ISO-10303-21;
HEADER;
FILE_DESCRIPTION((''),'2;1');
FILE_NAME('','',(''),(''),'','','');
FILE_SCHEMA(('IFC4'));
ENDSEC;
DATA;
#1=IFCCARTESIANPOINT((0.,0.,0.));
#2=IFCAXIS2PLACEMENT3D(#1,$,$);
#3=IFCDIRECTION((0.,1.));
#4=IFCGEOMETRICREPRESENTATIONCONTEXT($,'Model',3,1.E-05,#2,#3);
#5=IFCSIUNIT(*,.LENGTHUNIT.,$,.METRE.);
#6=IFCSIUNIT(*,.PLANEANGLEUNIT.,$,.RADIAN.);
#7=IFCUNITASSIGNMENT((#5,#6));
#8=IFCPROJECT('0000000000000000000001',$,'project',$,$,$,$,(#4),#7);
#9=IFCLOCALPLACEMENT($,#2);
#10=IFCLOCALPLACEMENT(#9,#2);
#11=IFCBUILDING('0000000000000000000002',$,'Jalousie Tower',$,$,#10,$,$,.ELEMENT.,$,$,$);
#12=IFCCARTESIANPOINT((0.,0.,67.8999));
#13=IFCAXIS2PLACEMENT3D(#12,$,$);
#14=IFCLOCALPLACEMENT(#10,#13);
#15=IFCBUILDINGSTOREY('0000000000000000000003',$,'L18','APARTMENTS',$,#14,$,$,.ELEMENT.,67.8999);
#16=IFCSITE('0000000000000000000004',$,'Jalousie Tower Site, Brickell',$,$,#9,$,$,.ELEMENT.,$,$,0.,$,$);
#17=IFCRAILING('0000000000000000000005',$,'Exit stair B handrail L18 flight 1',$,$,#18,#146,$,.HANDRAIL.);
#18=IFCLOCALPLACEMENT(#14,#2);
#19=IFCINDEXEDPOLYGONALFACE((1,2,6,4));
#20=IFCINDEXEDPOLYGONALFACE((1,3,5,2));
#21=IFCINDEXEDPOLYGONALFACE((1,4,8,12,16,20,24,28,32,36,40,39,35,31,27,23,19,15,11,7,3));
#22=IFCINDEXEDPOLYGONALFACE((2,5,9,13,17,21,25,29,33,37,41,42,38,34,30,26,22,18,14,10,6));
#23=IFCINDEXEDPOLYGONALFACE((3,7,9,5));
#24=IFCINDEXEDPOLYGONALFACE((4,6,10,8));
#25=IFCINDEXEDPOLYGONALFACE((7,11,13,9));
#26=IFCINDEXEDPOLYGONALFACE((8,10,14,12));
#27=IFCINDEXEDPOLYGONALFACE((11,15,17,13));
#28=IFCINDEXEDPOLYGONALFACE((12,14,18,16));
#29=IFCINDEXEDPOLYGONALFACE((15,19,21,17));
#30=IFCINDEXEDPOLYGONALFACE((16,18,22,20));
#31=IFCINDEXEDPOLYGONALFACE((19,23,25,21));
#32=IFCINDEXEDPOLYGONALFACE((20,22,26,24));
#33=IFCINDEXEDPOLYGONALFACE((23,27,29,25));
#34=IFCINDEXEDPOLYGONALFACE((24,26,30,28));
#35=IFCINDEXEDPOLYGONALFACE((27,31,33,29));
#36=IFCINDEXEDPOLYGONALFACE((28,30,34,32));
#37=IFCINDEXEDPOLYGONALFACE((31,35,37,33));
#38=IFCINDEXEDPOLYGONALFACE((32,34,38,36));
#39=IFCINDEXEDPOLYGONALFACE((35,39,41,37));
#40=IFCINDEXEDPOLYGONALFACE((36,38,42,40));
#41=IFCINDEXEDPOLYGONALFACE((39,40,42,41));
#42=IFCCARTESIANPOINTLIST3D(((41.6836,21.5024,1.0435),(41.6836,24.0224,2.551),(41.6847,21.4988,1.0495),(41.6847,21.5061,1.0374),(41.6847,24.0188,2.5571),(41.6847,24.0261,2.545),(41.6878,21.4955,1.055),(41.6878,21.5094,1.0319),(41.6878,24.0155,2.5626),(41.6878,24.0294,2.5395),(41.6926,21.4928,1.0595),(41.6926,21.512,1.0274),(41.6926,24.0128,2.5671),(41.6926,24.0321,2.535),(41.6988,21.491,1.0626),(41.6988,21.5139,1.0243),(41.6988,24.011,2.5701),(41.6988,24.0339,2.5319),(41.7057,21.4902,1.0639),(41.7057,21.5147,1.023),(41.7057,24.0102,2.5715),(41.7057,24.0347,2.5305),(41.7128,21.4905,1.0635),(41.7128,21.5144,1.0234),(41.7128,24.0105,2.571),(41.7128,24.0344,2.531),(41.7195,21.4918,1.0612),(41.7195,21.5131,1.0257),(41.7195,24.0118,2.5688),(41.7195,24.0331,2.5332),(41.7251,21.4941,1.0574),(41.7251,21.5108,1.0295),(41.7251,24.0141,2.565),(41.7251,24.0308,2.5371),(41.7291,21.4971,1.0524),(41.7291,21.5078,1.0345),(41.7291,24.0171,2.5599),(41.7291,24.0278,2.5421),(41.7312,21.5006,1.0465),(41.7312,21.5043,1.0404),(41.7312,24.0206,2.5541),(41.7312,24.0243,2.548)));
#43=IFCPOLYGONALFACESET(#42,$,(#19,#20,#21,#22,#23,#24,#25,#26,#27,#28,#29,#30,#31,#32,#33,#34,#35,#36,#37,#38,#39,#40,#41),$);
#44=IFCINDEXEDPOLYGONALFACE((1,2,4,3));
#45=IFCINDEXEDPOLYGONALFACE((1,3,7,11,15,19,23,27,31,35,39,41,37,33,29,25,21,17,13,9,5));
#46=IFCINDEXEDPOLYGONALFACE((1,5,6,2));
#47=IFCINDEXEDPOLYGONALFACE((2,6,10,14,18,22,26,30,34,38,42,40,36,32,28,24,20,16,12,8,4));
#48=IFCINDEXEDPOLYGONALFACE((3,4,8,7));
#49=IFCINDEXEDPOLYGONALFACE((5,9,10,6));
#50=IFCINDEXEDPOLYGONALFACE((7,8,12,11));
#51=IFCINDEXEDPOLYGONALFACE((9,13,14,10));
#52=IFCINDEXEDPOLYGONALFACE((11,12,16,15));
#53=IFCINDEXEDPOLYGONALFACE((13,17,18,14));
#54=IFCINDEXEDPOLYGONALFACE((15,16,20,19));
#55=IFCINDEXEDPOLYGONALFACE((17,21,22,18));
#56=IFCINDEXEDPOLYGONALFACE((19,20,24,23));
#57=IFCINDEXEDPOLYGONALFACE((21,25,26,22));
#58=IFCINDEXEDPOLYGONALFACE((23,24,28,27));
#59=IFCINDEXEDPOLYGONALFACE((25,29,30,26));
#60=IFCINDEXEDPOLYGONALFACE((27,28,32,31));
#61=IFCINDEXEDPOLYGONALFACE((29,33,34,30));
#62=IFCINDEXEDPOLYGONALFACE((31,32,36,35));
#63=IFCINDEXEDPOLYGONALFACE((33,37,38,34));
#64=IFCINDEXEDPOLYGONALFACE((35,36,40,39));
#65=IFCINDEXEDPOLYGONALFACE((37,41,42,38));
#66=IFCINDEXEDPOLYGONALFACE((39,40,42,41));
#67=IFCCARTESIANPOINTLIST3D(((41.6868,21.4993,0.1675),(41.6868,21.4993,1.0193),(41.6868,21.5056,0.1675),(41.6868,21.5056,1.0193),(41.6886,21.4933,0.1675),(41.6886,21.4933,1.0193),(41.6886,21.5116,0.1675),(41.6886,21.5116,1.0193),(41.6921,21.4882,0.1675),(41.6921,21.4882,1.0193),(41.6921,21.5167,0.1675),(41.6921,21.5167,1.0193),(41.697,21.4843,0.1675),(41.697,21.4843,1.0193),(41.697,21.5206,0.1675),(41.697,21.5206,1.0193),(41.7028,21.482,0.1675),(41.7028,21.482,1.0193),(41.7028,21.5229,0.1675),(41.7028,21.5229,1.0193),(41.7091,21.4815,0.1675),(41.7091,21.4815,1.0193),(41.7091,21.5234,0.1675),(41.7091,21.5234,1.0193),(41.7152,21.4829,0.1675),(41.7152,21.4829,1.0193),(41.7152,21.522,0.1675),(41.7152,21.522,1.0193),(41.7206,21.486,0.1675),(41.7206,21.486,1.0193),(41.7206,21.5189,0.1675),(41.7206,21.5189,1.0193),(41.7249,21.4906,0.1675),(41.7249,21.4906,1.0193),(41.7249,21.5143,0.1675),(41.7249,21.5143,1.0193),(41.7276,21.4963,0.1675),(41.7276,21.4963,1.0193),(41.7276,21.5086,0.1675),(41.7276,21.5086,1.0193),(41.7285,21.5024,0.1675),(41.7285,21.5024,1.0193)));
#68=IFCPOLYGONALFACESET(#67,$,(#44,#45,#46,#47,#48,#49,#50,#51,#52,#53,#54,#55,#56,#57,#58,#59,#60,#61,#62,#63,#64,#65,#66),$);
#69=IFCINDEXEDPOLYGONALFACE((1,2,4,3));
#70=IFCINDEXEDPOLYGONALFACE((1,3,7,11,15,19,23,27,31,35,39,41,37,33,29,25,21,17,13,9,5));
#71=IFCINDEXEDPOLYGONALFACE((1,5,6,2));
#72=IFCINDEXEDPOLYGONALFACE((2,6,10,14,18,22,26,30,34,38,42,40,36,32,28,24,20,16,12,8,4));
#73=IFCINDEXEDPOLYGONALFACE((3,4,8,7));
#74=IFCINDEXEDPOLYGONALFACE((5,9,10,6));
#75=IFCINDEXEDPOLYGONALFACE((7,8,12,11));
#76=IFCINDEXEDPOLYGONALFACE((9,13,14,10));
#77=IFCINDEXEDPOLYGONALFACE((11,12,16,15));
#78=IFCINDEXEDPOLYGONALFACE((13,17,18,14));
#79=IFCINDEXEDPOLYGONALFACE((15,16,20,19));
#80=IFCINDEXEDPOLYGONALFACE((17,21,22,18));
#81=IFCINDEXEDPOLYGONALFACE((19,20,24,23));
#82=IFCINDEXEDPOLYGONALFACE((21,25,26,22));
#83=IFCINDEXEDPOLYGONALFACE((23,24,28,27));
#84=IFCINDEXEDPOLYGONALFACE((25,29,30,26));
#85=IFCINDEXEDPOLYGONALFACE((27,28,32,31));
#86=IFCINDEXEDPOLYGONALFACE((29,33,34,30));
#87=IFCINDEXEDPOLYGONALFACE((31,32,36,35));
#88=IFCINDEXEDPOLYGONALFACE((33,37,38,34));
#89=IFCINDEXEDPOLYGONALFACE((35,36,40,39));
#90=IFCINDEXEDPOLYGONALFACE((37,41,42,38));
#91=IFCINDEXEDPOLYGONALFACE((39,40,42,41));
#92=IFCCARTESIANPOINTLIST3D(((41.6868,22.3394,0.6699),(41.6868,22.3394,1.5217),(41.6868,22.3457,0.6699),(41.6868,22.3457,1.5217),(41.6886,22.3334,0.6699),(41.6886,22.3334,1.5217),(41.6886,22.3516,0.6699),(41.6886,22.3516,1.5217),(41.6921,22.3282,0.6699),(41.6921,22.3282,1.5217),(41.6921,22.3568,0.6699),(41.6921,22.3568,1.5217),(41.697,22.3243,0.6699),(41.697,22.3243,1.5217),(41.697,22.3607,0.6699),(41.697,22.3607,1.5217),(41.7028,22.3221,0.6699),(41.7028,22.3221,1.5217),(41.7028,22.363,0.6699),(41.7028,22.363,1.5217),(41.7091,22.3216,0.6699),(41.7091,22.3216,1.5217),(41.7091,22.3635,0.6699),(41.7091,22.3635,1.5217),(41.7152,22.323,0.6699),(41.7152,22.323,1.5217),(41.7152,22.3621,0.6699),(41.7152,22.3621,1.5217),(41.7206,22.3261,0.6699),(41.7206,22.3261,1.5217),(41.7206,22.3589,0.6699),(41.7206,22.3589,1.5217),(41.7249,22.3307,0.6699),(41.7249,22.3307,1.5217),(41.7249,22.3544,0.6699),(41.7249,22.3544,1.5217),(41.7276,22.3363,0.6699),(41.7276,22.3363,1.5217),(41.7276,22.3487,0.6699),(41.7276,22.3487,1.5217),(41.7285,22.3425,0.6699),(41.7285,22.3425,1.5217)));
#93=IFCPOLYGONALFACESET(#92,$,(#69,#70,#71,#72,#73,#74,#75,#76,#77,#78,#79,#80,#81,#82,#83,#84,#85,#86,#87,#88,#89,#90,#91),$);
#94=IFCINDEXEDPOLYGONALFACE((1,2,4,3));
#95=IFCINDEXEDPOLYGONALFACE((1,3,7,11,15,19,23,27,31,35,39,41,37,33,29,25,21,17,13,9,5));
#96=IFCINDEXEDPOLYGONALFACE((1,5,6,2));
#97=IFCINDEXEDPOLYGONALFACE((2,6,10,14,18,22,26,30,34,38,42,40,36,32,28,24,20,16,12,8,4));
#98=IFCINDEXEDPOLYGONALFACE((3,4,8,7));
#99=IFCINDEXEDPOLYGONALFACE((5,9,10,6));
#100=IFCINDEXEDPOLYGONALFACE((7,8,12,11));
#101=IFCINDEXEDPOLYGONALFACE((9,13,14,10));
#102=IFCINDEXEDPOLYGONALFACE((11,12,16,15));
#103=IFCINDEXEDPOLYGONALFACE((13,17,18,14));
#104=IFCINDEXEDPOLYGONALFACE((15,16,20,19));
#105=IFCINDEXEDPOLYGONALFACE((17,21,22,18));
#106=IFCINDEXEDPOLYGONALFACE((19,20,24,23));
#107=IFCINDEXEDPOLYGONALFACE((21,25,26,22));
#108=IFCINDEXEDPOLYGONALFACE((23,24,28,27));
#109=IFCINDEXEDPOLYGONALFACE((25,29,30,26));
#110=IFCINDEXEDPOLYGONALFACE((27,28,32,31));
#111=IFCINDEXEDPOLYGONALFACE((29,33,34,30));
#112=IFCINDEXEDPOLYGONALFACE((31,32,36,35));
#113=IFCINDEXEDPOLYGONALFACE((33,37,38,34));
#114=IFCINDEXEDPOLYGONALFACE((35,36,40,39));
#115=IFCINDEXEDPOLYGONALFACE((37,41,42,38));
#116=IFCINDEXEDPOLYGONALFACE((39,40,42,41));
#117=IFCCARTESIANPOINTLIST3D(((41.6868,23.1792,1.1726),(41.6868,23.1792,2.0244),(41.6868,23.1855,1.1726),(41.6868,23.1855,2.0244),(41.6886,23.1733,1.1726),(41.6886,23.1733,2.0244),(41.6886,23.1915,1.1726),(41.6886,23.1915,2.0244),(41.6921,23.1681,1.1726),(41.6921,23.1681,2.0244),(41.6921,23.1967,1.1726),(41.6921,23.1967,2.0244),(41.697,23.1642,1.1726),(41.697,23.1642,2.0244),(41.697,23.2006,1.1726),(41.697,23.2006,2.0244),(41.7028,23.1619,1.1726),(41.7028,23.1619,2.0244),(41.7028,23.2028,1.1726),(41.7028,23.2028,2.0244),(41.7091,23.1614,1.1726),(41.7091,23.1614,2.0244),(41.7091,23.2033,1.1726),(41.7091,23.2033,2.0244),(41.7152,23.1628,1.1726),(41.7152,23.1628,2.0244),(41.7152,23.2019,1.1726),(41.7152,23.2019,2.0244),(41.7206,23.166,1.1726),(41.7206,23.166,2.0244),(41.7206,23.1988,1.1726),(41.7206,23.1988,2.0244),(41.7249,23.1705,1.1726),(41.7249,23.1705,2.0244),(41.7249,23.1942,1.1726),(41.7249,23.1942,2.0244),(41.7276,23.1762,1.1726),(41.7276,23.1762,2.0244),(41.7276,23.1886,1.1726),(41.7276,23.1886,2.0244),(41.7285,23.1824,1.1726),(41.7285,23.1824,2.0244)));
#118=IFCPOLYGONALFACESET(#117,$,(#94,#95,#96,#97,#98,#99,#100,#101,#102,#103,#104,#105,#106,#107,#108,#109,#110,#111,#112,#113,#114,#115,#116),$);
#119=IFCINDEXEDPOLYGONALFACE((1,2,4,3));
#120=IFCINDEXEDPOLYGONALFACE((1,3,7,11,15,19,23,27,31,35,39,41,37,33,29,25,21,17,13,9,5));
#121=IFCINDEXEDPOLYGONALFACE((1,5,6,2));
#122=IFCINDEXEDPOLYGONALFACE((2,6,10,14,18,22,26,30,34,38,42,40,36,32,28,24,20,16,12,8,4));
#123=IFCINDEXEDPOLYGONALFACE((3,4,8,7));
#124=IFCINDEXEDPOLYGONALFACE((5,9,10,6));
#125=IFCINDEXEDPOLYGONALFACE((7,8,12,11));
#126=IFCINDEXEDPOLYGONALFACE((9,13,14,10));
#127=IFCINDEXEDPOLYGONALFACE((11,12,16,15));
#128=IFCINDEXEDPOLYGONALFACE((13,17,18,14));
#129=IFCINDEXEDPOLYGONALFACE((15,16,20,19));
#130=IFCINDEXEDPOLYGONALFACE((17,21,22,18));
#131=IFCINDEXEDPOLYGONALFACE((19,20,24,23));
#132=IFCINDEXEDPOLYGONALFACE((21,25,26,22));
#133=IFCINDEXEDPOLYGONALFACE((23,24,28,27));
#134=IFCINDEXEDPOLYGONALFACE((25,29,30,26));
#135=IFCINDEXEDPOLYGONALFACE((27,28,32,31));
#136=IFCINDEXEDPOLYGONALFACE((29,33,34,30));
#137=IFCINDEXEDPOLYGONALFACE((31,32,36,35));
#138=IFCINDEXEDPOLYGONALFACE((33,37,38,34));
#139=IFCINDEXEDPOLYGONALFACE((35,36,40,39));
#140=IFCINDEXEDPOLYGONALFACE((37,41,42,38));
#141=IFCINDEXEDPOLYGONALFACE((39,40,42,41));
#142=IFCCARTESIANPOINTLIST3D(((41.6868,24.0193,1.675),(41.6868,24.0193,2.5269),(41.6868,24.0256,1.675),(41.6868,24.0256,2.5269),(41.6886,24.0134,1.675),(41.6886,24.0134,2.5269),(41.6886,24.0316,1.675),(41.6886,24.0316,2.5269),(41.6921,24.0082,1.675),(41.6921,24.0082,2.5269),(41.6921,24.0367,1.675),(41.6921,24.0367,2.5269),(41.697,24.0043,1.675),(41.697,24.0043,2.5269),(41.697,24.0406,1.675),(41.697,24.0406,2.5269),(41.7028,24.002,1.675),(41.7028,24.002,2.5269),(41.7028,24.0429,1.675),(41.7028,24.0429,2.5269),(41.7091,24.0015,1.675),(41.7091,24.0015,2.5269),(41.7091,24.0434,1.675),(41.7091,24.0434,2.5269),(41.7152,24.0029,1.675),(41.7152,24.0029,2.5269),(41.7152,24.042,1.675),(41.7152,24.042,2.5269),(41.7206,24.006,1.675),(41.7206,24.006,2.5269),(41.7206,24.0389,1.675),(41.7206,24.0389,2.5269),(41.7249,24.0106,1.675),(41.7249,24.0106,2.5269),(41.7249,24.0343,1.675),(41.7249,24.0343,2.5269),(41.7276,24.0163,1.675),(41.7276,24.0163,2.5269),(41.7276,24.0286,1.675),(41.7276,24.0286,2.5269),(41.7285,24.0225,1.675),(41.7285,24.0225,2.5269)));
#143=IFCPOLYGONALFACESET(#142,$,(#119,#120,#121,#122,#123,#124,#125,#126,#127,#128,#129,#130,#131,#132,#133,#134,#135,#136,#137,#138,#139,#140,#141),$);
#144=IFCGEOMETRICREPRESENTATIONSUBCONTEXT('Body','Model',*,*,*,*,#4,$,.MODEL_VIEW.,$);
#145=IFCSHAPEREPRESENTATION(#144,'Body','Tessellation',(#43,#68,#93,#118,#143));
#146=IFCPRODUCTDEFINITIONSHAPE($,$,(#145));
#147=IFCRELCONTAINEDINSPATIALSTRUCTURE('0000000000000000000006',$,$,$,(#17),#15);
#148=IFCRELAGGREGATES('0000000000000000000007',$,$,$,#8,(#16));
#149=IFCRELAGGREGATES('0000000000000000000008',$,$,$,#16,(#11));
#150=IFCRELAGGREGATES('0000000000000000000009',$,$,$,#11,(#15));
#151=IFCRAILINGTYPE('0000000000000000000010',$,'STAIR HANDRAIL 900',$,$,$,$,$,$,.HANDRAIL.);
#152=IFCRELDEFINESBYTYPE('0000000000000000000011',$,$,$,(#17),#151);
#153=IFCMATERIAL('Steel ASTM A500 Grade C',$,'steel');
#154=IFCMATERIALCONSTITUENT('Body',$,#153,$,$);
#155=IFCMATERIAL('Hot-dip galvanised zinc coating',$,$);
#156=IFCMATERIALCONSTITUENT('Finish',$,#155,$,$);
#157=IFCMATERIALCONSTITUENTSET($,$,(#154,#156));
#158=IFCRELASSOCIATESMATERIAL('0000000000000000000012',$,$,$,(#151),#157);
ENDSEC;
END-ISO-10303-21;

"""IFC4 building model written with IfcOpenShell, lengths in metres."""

from ifc_helpers import new_model, si_unit, direction, frame, origin, origin_2d, place, context, subcontext, project, spatial, circle, extrude, material, constituent, constituent_set, type_object, element, save


model = new_model("IFC4")

# Units and contexts
model_context = context("Model", 3, precision=1e-05, world=origin(), true_north=direction((0.0, 1.0)))
body_context = subcontext(model_context, "Body", "Model", "MODEL_VIEW")
ifc_project = project(units=[si_unit("LENGTHUNIT", "METRE"), si_unit("PLANEANGLEUNIT", "RADIAN")], contexts=[model_context])

# Site, building, storey
site_placement = place(None, origin())
site = spatial("IfcSite", under=ifc_project, at=site_placement, Name="Jalousie Tower Site, Brickell", CompositionType="ELEMENT", RefElevation=0.0)
building_placement = place(site_placement, origin())
building = spatial("IfcBuilding", under=site, at=building_placement, Name="Jalousie Tower", CompositionType="ELEMENT")
storey_placement = place(building_placement, frame((0.0, 0.0, 67.8999)))
storey = spatial("IfcBuildingStorey", under=building, at=storey_placement, Name="L18", Description="APARTMENTS", CompositionType="ELEMENT", Elevation=67.8999)

# Railing
ifc_material_1 = material(Name="Steel ASTM A500 Grade C", Category="steel")
ifc_constituent_1 = constituent(ifc_material_1, Name="Body")
ifc_material_2 = material(Name="Hot-dip galvanised zinc coating")
ifc_constituent_2 = constituent(ifc_material_2, Name="Finish")
ifc_constituent_set_1 = constituent_set(constituents=[ifc_constituent_1, ifc_constituent_2])
railing_type_1 = type_object("IfcRailingType", Name="STAIR HANDRAIL 900", PredefinedType="HANDRAIL", material=ifc_constituent_set_1)
railing_1_placement = place(storey_placement, frame((41.7075, 21.5024, 0.1675)))
element("IfcRailing", 1, at=railing_1_placement, inside=storey, type_object=railing_type_1, Name="Exit stair B handrail L18 flight 1", PredefinedType="HANDRAIL", context=body_context, shape_type="SweptSolid", body=[
    extrude(circle(Radius=0.0239, at=origin_2d()), frame((0.0, 0.0, 0.876), z_axis=(0.0, 0.85816, 0.513383), x_axis=(-1.0, 0.0, 0.0)), (0.0, 0.0, 1.0), 2.9365),
    extrude(circle(Radius=0.021, at=origin_2d()), origin(), (0.0, 0.0, 1.0), 0.8518),
    extrude(circle(Radius=0.021, at=origin_2d()), frame((0.0, 0.8401, 0.5024)), (0.0, 0.0, 1.0), 0.8518),
    extrude(circle(Radius=0.021, at=origin_2d()), frame((0.0, 1.6799, 1.0051)), (0.0, 0.0, 1.0), 0.8518),
    extrude(circle(Radius=0.021, at=origin_2d()), frame((0.0, 2.52, 1.5076)), (0.0, 0.0, 1.0), 0.8518),
])

save(model, "model.ifc")
